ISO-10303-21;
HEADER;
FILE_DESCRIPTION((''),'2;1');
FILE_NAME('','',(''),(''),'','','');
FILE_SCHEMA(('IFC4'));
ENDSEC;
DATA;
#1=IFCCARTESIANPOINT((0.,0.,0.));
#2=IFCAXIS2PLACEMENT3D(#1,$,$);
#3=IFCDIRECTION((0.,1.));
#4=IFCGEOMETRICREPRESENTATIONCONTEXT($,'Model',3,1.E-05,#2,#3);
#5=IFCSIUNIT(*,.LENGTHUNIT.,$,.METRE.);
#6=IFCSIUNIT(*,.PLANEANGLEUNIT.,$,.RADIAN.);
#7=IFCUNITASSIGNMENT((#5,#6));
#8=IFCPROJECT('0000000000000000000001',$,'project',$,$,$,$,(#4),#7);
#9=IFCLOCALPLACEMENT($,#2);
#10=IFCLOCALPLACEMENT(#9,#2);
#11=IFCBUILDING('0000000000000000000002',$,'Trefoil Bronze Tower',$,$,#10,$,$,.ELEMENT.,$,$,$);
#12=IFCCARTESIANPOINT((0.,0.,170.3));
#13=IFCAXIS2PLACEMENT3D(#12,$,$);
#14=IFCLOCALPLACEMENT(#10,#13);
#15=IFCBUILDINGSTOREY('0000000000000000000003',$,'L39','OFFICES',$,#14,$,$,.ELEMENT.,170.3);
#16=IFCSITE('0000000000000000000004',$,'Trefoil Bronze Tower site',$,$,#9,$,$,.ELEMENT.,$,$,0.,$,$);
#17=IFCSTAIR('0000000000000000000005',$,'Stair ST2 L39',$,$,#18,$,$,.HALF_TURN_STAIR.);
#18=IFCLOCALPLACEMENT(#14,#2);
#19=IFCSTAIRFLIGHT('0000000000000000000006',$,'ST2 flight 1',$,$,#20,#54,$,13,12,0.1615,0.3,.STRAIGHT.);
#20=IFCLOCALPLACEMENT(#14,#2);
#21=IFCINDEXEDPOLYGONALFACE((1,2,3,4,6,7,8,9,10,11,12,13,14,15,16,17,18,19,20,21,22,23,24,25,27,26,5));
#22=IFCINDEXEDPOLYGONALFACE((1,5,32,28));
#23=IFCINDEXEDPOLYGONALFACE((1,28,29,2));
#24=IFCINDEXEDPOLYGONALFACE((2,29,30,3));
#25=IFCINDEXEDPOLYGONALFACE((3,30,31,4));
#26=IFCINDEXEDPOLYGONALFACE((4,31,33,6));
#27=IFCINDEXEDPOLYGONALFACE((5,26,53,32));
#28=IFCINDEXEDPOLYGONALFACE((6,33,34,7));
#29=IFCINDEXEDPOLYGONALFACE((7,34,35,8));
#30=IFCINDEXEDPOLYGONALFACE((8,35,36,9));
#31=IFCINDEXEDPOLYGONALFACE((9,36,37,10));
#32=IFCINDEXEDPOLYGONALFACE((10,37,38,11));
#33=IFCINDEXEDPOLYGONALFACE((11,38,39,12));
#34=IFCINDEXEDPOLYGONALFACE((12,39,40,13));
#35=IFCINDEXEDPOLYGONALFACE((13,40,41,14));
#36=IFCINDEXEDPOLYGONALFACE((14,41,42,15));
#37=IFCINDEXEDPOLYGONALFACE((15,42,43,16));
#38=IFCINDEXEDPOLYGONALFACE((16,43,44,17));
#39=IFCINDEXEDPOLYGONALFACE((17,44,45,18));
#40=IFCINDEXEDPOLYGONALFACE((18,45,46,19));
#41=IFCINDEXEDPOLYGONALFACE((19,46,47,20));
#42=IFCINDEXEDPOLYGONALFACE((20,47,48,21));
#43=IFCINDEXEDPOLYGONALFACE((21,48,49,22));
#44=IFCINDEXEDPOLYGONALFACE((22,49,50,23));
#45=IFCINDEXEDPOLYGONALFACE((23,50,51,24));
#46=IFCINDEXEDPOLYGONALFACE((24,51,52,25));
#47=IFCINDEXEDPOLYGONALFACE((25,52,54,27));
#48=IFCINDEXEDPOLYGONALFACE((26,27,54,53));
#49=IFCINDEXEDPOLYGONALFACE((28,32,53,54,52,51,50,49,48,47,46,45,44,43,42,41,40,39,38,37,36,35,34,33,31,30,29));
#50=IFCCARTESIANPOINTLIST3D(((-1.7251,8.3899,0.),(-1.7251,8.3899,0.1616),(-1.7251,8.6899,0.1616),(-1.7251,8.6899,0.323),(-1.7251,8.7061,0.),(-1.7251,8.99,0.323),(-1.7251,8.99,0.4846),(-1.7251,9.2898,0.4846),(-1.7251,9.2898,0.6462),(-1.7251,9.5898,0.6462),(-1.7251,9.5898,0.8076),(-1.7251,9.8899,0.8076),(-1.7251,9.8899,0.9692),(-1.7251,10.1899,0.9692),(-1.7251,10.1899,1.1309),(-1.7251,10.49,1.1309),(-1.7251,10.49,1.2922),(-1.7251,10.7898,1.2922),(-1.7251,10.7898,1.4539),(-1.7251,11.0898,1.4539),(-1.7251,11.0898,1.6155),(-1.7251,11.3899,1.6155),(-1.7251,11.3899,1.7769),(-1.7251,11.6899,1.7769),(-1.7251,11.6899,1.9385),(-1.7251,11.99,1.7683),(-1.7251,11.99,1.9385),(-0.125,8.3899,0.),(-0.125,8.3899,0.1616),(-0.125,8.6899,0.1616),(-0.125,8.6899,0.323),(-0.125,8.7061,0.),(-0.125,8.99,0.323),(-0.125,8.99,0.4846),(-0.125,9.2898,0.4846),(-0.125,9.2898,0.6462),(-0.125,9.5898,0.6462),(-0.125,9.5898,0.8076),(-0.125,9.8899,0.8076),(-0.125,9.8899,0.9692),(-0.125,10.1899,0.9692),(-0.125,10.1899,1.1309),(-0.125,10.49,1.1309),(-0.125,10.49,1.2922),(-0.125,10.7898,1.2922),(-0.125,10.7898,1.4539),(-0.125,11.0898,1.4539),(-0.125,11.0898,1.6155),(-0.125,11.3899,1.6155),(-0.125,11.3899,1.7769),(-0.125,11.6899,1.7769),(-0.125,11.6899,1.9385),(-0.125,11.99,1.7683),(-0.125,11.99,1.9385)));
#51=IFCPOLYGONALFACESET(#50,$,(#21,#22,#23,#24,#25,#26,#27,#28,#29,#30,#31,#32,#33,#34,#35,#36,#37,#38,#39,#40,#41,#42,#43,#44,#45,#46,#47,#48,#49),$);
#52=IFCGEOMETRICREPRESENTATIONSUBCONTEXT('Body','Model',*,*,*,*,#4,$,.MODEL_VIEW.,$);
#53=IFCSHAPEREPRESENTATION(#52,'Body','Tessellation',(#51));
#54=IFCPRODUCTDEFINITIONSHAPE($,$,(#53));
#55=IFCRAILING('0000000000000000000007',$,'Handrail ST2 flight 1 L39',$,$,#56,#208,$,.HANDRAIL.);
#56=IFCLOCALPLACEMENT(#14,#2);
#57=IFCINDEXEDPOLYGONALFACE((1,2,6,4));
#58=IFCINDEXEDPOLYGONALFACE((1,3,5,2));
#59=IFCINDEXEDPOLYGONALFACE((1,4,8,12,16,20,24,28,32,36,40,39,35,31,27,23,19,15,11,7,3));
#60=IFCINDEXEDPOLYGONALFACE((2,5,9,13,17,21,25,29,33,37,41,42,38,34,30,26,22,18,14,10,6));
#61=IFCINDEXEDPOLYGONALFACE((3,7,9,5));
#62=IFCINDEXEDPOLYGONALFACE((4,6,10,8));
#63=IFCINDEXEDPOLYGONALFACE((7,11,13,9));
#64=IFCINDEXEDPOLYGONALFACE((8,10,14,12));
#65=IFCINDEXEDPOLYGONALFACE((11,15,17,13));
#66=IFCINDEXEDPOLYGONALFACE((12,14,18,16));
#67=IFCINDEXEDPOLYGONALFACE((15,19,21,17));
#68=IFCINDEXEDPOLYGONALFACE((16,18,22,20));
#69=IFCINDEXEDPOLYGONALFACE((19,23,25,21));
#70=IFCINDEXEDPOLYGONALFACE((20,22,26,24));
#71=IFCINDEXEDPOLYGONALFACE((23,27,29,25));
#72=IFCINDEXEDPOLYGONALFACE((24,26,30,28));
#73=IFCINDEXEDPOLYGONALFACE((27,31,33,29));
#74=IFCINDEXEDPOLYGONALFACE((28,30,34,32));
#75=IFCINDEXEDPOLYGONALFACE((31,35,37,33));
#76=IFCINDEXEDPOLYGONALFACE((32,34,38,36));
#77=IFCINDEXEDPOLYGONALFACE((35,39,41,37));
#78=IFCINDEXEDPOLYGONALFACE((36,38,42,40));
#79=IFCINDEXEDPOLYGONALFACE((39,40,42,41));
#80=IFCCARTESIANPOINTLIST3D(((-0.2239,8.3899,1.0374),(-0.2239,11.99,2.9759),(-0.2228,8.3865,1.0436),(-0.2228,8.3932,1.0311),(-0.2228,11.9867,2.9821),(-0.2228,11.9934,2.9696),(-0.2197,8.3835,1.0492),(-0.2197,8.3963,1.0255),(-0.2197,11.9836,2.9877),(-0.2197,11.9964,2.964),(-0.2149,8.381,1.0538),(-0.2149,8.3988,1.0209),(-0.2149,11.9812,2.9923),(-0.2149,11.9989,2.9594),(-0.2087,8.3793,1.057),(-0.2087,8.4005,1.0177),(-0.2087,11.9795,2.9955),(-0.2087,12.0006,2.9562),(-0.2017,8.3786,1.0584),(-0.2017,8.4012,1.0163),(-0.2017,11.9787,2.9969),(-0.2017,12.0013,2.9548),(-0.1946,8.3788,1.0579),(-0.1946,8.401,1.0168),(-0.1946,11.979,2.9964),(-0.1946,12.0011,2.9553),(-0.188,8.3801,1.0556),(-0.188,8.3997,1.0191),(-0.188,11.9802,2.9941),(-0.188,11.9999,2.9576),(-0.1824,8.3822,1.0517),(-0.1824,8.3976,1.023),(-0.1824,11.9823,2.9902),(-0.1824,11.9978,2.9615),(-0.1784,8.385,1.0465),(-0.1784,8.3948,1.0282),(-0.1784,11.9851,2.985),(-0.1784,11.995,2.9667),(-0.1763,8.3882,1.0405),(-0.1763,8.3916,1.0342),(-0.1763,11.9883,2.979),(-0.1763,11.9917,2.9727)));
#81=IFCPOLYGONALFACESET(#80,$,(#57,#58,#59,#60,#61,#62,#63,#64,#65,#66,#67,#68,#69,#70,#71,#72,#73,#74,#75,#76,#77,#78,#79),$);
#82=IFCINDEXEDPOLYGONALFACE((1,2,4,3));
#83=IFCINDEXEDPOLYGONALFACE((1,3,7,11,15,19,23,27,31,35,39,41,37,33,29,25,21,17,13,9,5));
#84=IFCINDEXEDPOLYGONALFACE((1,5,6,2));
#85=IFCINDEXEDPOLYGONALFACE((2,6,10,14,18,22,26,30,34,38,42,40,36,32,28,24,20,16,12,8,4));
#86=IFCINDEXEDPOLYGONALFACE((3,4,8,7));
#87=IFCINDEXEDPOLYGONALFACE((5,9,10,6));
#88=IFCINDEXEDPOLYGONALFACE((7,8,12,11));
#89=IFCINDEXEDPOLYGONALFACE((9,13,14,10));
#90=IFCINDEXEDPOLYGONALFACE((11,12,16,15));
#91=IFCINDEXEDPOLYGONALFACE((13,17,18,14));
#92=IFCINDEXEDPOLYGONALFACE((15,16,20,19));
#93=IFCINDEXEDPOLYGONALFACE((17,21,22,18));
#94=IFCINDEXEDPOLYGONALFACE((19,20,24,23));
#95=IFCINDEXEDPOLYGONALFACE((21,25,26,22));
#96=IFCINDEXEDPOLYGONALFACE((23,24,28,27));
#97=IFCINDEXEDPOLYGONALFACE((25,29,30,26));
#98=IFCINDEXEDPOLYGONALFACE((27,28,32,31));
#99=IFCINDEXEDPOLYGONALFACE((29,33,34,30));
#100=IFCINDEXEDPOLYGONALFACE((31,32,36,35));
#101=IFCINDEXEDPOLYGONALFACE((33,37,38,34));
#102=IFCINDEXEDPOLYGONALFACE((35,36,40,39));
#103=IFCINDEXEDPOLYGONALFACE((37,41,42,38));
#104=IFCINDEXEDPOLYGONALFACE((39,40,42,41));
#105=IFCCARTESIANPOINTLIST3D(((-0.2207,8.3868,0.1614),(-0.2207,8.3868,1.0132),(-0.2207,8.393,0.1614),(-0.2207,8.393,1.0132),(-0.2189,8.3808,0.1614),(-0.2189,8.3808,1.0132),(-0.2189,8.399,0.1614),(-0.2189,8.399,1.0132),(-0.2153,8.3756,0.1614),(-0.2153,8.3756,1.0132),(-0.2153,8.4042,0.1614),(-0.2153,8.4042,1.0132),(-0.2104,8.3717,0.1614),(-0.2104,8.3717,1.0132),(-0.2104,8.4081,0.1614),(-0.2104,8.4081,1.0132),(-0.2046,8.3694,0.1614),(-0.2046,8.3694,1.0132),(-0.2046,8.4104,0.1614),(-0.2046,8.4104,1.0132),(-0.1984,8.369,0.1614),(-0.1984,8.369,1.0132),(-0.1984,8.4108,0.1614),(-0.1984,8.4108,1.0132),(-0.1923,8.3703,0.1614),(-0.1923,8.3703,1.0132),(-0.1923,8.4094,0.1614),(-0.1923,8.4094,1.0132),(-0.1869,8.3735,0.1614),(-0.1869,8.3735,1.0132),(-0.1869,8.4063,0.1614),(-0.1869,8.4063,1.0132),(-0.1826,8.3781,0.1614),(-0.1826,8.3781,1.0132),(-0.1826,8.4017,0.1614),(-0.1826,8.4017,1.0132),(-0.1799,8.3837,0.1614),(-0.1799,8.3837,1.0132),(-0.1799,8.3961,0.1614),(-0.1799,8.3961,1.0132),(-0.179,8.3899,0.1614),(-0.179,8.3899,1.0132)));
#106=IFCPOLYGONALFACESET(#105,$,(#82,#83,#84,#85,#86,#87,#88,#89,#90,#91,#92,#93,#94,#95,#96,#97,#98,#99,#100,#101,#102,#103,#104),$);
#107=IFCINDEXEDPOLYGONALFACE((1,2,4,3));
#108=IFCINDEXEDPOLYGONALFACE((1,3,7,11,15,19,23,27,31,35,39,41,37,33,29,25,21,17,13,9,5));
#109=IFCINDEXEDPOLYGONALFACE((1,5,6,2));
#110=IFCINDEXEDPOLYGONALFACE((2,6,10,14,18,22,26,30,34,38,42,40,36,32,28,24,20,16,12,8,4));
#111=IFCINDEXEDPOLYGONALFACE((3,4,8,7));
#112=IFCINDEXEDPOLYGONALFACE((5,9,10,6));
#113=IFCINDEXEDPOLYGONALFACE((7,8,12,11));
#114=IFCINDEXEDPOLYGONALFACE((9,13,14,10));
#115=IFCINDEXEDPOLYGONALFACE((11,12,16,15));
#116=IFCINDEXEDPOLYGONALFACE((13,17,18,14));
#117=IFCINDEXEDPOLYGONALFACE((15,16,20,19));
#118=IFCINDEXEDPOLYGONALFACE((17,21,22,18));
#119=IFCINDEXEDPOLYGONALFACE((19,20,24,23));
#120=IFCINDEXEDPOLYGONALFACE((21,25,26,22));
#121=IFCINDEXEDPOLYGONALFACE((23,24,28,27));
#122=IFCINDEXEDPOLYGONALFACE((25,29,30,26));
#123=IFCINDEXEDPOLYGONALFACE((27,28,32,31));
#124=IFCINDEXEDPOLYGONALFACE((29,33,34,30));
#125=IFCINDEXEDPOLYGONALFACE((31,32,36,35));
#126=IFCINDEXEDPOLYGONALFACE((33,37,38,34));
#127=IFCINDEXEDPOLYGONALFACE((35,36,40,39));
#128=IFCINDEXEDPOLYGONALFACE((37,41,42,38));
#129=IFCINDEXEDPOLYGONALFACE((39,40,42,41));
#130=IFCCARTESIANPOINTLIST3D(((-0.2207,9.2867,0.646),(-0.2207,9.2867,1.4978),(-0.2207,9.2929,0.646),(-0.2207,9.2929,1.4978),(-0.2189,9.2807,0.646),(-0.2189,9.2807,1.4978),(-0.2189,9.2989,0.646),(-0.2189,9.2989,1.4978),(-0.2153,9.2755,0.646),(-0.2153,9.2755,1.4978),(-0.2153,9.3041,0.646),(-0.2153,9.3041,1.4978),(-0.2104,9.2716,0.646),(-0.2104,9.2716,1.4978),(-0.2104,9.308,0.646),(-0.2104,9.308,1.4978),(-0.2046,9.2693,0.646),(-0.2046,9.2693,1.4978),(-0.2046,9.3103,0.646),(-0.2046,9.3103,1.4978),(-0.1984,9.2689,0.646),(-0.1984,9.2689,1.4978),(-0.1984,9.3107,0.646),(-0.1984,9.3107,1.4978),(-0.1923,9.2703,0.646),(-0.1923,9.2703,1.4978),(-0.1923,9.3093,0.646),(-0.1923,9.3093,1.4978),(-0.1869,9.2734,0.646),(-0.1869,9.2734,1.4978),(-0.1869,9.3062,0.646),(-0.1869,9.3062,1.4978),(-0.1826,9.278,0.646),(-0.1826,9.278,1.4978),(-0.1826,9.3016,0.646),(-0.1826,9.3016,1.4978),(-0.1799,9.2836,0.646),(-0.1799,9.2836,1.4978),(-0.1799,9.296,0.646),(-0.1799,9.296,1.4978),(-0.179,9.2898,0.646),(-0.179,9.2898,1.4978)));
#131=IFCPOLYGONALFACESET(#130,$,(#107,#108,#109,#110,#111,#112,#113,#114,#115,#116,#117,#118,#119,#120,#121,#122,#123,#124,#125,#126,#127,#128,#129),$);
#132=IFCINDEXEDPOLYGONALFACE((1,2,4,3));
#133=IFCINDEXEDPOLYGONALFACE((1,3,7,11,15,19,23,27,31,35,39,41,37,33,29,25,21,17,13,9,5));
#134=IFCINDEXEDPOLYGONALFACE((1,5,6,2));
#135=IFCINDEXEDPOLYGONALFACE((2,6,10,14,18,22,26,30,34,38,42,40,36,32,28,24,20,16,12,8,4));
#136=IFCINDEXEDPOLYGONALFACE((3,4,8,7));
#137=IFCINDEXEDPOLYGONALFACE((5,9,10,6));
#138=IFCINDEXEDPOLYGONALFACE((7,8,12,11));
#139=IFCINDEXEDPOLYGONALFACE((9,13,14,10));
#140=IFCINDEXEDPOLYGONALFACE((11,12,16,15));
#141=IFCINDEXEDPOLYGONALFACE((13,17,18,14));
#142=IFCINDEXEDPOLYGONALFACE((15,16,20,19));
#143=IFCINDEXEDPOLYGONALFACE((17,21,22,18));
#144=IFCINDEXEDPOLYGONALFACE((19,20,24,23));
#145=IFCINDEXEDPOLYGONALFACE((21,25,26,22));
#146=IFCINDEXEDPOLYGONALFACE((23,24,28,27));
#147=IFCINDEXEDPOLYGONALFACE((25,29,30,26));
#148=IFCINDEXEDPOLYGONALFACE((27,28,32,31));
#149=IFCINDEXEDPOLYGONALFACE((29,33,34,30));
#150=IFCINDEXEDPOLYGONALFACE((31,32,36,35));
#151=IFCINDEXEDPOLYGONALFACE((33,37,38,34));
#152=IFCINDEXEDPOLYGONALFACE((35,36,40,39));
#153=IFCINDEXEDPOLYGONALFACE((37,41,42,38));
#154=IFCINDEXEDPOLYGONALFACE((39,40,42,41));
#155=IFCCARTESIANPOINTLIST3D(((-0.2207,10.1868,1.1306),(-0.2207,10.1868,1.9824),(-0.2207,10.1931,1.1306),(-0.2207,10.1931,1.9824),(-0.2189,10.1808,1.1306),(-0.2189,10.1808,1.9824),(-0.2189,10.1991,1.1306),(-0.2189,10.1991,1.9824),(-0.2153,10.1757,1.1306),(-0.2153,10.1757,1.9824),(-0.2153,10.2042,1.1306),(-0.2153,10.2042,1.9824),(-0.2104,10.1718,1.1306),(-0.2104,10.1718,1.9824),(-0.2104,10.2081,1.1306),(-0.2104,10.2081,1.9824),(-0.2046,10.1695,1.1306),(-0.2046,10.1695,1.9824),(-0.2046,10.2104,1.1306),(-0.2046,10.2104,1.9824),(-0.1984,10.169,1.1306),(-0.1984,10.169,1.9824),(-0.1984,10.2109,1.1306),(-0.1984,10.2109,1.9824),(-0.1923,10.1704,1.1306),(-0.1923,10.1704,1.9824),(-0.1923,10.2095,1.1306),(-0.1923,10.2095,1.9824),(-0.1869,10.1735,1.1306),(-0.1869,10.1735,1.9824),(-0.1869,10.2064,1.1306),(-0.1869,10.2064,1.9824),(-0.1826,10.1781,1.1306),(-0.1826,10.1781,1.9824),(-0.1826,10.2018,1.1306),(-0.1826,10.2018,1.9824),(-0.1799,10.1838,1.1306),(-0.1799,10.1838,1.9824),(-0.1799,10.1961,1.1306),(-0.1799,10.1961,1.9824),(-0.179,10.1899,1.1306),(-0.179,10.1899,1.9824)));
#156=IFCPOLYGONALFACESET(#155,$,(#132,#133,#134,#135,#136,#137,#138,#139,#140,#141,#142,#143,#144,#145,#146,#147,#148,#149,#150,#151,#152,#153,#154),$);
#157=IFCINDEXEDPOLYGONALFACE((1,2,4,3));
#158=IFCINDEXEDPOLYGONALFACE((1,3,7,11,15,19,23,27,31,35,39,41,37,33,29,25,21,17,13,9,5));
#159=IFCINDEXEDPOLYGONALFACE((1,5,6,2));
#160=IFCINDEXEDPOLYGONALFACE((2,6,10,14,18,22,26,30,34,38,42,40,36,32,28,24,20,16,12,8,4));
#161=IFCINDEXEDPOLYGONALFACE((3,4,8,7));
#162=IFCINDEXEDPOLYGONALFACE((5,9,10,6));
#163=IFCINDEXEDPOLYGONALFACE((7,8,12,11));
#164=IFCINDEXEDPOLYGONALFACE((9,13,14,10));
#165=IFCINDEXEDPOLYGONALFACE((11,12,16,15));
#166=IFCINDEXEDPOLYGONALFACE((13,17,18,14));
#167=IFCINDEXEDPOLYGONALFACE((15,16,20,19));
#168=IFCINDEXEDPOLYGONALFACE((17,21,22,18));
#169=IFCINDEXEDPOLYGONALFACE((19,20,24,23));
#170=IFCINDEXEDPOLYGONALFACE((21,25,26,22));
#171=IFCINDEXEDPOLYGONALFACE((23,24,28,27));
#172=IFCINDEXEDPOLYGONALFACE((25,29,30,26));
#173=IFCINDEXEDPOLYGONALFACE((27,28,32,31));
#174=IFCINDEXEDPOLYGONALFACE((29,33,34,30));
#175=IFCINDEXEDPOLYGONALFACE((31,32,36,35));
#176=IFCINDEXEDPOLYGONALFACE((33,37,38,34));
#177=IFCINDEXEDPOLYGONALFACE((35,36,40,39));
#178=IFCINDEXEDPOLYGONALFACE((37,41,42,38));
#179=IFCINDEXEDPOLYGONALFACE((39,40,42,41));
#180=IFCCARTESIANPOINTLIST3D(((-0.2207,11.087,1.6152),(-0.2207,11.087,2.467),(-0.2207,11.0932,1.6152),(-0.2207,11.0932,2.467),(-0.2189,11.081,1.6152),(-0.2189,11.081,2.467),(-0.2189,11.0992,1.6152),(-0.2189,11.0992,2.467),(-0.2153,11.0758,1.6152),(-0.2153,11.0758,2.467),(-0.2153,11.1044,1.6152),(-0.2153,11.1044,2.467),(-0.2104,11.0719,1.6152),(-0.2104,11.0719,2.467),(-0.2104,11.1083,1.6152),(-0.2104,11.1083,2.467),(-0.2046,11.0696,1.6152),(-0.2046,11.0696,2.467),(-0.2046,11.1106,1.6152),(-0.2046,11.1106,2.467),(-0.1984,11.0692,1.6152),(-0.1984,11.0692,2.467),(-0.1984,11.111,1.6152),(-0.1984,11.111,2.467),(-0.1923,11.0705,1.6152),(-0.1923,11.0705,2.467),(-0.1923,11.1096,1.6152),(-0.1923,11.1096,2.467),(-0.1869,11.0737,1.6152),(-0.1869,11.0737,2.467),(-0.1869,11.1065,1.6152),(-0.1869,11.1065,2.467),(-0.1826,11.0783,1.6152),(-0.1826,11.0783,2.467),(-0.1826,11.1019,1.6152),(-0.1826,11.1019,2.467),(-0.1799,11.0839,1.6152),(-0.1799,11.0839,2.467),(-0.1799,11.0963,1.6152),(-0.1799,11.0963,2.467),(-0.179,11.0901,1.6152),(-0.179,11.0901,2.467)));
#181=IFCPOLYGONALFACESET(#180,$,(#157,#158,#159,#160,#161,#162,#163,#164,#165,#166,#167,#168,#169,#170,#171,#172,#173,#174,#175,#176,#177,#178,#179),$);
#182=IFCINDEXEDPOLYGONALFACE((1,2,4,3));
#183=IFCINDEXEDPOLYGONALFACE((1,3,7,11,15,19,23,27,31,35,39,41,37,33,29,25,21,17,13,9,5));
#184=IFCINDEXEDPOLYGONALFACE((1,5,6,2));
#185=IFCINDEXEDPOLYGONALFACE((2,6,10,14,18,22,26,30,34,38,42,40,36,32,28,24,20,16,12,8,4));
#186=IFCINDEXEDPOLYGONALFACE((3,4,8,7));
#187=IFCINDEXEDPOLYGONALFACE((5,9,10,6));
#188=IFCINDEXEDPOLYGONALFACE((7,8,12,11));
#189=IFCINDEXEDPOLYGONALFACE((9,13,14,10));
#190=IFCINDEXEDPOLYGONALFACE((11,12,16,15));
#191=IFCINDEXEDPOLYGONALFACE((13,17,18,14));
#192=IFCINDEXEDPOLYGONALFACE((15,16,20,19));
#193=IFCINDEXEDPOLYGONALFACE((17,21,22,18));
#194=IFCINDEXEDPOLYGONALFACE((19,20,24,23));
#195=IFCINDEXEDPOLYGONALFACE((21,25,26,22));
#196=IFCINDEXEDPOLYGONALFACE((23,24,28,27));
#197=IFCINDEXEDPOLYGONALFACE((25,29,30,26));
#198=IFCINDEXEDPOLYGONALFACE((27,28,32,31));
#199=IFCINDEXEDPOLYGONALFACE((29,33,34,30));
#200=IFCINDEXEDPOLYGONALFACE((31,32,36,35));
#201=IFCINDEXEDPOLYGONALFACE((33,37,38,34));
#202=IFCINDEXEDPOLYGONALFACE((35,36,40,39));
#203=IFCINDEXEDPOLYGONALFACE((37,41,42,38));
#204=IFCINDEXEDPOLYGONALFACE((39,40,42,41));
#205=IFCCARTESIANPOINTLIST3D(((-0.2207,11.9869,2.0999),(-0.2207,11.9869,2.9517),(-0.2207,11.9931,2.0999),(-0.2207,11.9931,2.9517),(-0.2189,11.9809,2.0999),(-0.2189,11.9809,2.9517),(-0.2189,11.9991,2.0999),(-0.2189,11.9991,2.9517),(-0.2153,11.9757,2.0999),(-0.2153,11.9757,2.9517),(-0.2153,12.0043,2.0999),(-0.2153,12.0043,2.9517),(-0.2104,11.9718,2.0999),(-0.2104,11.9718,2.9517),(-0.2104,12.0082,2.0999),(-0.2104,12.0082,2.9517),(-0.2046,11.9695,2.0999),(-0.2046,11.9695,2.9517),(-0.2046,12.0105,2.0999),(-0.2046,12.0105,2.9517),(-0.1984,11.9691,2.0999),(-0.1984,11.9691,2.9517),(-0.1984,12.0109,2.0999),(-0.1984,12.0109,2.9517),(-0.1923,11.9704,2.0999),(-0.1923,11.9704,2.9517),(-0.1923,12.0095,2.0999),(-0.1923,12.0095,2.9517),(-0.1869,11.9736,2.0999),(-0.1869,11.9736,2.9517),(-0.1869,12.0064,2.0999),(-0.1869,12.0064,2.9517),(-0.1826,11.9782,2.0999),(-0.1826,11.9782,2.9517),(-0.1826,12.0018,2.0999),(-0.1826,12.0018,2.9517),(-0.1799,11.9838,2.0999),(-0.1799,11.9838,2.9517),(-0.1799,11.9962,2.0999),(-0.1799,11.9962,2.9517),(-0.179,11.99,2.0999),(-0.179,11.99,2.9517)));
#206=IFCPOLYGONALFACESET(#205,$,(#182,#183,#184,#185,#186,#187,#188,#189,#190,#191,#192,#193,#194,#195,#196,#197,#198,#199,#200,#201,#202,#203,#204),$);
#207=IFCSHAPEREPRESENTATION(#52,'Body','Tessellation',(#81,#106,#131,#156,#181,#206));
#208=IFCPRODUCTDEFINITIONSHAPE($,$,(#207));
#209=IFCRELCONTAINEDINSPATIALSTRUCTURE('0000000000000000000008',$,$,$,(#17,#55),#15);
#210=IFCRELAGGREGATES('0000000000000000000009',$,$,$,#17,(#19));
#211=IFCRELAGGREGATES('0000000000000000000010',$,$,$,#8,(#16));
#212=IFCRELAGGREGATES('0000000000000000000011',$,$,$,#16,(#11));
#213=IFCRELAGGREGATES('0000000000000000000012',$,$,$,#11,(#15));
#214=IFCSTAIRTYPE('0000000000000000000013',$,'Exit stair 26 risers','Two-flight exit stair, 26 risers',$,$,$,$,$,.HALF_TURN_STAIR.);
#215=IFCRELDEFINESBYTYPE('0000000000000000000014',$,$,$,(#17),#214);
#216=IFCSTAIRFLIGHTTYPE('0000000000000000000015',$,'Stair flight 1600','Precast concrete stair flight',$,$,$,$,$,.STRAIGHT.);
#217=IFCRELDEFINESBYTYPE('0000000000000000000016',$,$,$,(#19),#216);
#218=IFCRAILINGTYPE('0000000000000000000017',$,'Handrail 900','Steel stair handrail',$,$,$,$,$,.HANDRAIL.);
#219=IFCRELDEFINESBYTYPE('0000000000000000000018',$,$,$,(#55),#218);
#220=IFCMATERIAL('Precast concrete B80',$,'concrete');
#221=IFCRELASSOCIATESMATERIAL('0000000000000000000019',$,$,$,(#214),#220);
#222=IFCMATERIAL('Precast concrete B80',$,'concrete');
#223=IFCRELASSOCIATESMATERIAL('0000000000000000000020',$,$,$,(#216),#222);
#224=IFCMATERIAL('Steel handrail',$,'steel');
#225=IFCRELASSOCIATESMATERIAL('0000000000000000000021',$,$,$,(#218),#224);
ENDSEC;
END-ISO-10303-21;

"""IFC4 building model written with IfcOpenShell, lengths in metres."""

from ifc_helpers import new_model, si_unit, direction, frame, origin, origin_2d, place, context, subcontext, project, spatial, polyline, circle, outline, extrude, material, type_object, element, aggregate, save


model = new_model("IFC4")

# Units and contexts
model_context = context("Model", 3, precision=1e-05, world=origin(), true_north=direction((0.0, 1.0)))
body_context = subcontext(model_context, "Body", "Model", "MODEL_VIEW")
ifc_project = project(units=[si_unit("LENGTHUNIT", "METRE"), si_unit("PLANEANGLEUNIT", "RADIAN")], contexts=[model_context])

# Site, building, storey
site_placement = place(None, origin())
site = spatial("IfcSite", under=ifc_project, at=site_placement, Name="Trefoil Bronze Tower site", CompositionType="ELEMENT", RefElevation=0.0)
building_placement = place(site_placement, origin())
building = spatial("IfcBuilding", under=site, at=building_placement, Name="Trefoil Bronze Tower", CompositionType="ELEMENT")
storey_placement = place(building_placement, frame((0.0, 0.0, 170.3)))
storey = spatial("IfcBuildingStorey", under=building, at=storey_placement, Name="L39", Description="OFFICES", CompositionType="ELEMENT", Elevation=170.3)

# Stair, stair flight
ifc_material_1 = material(Name="Precast concrete B80", Category="concrete")
stair_type = type_object("IfcStairType", Name="Exit stair 26 risers", Description="Two-flight exit stair, 26 risers", PredefinedType="HALF_TURN_STAIR", material=ifc_material_1)
stair_placement = place(storey_placement, origin())
stair = element("IfcStair", 1, at=stair_placement, inside=storey, type_object=stair_type, Name="Stair ST2 L39", PredefinedType="HALF_TURN_STAIR")
ifc_material_2 = material(Name="Precast concrete B80", Category="concrete")
stair_flight_type = type_object("IfcStairFlightType", Name="Stair flight 1600", Description="Precast concrete stair flight", PredefinedType="STRAIGHT", material=ifc_material_2)
stair_flight_placement = place(storey_placement, frame((-0.925, 8.3899, 0.0), z_axis=(0.0, 0.0, 1.0), x_axis=(0.0, 1.0, 0.0)))
stair_flight = element("IfcStairFlight", 2, at=stair_flight_placement, type_object=stair_flight_type, Name="ST2 flight 1", NumberOfRisers=13, NumberOfTreads=12, PredefinedType="STRAIGHT", RiserHeight=0.1615, TreadLength=0.3, context=body_context, shape_type="SweptSolid", body=[
    extrude(outline(polyline([(0.0, 0.0), (0.0, 0.1616), (0.3, 0.1616), (0.3, 0.323), (0.6001, 0.323), (0.6001, 0.4846), (0.8999, 0.4846), (0.8999, 0.6462), (1.2, 0.6462), (1.2, 0.8076), (1.5, 0.8076), (1.5, 0.9692), (1.8, 0.9692), (1.8, 1.1309), (2.1001, 1.1309), (2.1001, 1.2922), (2.3999, 1.2922), (2.3999, 1.4539), (2.7, 1.4539), (2.7, 1.6155), (3.0, 1.6155), (3.0, 1.7769), (3.3, 1.7769), (3.3, 1.9385), (3.6001, 1.9385), (3.6001, 2.1001), (3.6001, 1.7683), (0.3162, 0.0), (0.0, 0.0)])), frame((0.0, 0.8, 0.0), z_axis=(0.0, -1.0, 0.0), x_axis=(1.0, 0.0, 0.0)), (0.0, 0.0, 1.0), 1.6001),
])
aggregate(stair, [stair_flight])

# Railing
ifc_material_3 = material(Name="Steel handrail", Category="steel")
railing_type = type_object("IfcRailingType", Name="Handrail 900", Description="Steel stair handrail", PredefinedType="HANDRAIL", material=ifc_material_3)
railing_placement = place(storey_placement, frame((-0.2, 8.3899, 0.1614)))
element("IfcRailing", 3, at=railing_placement, inside=storey, type_object=railing_type, Name="Handrail ST2 flight 1 L39", PredefinedType="HANDRAIL", context=body_context, shape_type="SweptSolid", body=[
    extrude(circle(Radius=0.0239, at=origin_2d()), frame((0.0, 0.0, 0.876), z_axis=(0.0, 0.880475, 0.474093), x_axis=(-1.0, 0.0, 0.0)), (0.0, 0.0, 1.0), 4.0889),
    extrude(circle(Radius=0.021, at=origin_2d()), origin(), (0.0, 0.0, 1.0), 0.8518),
    extrude(circle(Radius=0.021, at=origin_2d()), frame((0.0, 0.8999, 0.4846)), (0.0, 0.0, 1.0), 0.8518),
    extrude(circle(Radius=0.021, at=origin_2d()), frame((0.0, 1.8, 0.9692)), (0.0, 0.0, 1.0), 0.8518),
    extrude(circle(Radius=0.021, at=origin_2d()), frame((0.0, 2.7002, 1.4539)), (0.0, 0.0, 1.0), 0.8518),
    extrude(circle(Radius=0.021, at=origin_2d()), frame((0.0, 3.6001, 1.9385)), (0.0, 0.0, 1.0), 0.8518),
])

save(model, "model.ifc")
